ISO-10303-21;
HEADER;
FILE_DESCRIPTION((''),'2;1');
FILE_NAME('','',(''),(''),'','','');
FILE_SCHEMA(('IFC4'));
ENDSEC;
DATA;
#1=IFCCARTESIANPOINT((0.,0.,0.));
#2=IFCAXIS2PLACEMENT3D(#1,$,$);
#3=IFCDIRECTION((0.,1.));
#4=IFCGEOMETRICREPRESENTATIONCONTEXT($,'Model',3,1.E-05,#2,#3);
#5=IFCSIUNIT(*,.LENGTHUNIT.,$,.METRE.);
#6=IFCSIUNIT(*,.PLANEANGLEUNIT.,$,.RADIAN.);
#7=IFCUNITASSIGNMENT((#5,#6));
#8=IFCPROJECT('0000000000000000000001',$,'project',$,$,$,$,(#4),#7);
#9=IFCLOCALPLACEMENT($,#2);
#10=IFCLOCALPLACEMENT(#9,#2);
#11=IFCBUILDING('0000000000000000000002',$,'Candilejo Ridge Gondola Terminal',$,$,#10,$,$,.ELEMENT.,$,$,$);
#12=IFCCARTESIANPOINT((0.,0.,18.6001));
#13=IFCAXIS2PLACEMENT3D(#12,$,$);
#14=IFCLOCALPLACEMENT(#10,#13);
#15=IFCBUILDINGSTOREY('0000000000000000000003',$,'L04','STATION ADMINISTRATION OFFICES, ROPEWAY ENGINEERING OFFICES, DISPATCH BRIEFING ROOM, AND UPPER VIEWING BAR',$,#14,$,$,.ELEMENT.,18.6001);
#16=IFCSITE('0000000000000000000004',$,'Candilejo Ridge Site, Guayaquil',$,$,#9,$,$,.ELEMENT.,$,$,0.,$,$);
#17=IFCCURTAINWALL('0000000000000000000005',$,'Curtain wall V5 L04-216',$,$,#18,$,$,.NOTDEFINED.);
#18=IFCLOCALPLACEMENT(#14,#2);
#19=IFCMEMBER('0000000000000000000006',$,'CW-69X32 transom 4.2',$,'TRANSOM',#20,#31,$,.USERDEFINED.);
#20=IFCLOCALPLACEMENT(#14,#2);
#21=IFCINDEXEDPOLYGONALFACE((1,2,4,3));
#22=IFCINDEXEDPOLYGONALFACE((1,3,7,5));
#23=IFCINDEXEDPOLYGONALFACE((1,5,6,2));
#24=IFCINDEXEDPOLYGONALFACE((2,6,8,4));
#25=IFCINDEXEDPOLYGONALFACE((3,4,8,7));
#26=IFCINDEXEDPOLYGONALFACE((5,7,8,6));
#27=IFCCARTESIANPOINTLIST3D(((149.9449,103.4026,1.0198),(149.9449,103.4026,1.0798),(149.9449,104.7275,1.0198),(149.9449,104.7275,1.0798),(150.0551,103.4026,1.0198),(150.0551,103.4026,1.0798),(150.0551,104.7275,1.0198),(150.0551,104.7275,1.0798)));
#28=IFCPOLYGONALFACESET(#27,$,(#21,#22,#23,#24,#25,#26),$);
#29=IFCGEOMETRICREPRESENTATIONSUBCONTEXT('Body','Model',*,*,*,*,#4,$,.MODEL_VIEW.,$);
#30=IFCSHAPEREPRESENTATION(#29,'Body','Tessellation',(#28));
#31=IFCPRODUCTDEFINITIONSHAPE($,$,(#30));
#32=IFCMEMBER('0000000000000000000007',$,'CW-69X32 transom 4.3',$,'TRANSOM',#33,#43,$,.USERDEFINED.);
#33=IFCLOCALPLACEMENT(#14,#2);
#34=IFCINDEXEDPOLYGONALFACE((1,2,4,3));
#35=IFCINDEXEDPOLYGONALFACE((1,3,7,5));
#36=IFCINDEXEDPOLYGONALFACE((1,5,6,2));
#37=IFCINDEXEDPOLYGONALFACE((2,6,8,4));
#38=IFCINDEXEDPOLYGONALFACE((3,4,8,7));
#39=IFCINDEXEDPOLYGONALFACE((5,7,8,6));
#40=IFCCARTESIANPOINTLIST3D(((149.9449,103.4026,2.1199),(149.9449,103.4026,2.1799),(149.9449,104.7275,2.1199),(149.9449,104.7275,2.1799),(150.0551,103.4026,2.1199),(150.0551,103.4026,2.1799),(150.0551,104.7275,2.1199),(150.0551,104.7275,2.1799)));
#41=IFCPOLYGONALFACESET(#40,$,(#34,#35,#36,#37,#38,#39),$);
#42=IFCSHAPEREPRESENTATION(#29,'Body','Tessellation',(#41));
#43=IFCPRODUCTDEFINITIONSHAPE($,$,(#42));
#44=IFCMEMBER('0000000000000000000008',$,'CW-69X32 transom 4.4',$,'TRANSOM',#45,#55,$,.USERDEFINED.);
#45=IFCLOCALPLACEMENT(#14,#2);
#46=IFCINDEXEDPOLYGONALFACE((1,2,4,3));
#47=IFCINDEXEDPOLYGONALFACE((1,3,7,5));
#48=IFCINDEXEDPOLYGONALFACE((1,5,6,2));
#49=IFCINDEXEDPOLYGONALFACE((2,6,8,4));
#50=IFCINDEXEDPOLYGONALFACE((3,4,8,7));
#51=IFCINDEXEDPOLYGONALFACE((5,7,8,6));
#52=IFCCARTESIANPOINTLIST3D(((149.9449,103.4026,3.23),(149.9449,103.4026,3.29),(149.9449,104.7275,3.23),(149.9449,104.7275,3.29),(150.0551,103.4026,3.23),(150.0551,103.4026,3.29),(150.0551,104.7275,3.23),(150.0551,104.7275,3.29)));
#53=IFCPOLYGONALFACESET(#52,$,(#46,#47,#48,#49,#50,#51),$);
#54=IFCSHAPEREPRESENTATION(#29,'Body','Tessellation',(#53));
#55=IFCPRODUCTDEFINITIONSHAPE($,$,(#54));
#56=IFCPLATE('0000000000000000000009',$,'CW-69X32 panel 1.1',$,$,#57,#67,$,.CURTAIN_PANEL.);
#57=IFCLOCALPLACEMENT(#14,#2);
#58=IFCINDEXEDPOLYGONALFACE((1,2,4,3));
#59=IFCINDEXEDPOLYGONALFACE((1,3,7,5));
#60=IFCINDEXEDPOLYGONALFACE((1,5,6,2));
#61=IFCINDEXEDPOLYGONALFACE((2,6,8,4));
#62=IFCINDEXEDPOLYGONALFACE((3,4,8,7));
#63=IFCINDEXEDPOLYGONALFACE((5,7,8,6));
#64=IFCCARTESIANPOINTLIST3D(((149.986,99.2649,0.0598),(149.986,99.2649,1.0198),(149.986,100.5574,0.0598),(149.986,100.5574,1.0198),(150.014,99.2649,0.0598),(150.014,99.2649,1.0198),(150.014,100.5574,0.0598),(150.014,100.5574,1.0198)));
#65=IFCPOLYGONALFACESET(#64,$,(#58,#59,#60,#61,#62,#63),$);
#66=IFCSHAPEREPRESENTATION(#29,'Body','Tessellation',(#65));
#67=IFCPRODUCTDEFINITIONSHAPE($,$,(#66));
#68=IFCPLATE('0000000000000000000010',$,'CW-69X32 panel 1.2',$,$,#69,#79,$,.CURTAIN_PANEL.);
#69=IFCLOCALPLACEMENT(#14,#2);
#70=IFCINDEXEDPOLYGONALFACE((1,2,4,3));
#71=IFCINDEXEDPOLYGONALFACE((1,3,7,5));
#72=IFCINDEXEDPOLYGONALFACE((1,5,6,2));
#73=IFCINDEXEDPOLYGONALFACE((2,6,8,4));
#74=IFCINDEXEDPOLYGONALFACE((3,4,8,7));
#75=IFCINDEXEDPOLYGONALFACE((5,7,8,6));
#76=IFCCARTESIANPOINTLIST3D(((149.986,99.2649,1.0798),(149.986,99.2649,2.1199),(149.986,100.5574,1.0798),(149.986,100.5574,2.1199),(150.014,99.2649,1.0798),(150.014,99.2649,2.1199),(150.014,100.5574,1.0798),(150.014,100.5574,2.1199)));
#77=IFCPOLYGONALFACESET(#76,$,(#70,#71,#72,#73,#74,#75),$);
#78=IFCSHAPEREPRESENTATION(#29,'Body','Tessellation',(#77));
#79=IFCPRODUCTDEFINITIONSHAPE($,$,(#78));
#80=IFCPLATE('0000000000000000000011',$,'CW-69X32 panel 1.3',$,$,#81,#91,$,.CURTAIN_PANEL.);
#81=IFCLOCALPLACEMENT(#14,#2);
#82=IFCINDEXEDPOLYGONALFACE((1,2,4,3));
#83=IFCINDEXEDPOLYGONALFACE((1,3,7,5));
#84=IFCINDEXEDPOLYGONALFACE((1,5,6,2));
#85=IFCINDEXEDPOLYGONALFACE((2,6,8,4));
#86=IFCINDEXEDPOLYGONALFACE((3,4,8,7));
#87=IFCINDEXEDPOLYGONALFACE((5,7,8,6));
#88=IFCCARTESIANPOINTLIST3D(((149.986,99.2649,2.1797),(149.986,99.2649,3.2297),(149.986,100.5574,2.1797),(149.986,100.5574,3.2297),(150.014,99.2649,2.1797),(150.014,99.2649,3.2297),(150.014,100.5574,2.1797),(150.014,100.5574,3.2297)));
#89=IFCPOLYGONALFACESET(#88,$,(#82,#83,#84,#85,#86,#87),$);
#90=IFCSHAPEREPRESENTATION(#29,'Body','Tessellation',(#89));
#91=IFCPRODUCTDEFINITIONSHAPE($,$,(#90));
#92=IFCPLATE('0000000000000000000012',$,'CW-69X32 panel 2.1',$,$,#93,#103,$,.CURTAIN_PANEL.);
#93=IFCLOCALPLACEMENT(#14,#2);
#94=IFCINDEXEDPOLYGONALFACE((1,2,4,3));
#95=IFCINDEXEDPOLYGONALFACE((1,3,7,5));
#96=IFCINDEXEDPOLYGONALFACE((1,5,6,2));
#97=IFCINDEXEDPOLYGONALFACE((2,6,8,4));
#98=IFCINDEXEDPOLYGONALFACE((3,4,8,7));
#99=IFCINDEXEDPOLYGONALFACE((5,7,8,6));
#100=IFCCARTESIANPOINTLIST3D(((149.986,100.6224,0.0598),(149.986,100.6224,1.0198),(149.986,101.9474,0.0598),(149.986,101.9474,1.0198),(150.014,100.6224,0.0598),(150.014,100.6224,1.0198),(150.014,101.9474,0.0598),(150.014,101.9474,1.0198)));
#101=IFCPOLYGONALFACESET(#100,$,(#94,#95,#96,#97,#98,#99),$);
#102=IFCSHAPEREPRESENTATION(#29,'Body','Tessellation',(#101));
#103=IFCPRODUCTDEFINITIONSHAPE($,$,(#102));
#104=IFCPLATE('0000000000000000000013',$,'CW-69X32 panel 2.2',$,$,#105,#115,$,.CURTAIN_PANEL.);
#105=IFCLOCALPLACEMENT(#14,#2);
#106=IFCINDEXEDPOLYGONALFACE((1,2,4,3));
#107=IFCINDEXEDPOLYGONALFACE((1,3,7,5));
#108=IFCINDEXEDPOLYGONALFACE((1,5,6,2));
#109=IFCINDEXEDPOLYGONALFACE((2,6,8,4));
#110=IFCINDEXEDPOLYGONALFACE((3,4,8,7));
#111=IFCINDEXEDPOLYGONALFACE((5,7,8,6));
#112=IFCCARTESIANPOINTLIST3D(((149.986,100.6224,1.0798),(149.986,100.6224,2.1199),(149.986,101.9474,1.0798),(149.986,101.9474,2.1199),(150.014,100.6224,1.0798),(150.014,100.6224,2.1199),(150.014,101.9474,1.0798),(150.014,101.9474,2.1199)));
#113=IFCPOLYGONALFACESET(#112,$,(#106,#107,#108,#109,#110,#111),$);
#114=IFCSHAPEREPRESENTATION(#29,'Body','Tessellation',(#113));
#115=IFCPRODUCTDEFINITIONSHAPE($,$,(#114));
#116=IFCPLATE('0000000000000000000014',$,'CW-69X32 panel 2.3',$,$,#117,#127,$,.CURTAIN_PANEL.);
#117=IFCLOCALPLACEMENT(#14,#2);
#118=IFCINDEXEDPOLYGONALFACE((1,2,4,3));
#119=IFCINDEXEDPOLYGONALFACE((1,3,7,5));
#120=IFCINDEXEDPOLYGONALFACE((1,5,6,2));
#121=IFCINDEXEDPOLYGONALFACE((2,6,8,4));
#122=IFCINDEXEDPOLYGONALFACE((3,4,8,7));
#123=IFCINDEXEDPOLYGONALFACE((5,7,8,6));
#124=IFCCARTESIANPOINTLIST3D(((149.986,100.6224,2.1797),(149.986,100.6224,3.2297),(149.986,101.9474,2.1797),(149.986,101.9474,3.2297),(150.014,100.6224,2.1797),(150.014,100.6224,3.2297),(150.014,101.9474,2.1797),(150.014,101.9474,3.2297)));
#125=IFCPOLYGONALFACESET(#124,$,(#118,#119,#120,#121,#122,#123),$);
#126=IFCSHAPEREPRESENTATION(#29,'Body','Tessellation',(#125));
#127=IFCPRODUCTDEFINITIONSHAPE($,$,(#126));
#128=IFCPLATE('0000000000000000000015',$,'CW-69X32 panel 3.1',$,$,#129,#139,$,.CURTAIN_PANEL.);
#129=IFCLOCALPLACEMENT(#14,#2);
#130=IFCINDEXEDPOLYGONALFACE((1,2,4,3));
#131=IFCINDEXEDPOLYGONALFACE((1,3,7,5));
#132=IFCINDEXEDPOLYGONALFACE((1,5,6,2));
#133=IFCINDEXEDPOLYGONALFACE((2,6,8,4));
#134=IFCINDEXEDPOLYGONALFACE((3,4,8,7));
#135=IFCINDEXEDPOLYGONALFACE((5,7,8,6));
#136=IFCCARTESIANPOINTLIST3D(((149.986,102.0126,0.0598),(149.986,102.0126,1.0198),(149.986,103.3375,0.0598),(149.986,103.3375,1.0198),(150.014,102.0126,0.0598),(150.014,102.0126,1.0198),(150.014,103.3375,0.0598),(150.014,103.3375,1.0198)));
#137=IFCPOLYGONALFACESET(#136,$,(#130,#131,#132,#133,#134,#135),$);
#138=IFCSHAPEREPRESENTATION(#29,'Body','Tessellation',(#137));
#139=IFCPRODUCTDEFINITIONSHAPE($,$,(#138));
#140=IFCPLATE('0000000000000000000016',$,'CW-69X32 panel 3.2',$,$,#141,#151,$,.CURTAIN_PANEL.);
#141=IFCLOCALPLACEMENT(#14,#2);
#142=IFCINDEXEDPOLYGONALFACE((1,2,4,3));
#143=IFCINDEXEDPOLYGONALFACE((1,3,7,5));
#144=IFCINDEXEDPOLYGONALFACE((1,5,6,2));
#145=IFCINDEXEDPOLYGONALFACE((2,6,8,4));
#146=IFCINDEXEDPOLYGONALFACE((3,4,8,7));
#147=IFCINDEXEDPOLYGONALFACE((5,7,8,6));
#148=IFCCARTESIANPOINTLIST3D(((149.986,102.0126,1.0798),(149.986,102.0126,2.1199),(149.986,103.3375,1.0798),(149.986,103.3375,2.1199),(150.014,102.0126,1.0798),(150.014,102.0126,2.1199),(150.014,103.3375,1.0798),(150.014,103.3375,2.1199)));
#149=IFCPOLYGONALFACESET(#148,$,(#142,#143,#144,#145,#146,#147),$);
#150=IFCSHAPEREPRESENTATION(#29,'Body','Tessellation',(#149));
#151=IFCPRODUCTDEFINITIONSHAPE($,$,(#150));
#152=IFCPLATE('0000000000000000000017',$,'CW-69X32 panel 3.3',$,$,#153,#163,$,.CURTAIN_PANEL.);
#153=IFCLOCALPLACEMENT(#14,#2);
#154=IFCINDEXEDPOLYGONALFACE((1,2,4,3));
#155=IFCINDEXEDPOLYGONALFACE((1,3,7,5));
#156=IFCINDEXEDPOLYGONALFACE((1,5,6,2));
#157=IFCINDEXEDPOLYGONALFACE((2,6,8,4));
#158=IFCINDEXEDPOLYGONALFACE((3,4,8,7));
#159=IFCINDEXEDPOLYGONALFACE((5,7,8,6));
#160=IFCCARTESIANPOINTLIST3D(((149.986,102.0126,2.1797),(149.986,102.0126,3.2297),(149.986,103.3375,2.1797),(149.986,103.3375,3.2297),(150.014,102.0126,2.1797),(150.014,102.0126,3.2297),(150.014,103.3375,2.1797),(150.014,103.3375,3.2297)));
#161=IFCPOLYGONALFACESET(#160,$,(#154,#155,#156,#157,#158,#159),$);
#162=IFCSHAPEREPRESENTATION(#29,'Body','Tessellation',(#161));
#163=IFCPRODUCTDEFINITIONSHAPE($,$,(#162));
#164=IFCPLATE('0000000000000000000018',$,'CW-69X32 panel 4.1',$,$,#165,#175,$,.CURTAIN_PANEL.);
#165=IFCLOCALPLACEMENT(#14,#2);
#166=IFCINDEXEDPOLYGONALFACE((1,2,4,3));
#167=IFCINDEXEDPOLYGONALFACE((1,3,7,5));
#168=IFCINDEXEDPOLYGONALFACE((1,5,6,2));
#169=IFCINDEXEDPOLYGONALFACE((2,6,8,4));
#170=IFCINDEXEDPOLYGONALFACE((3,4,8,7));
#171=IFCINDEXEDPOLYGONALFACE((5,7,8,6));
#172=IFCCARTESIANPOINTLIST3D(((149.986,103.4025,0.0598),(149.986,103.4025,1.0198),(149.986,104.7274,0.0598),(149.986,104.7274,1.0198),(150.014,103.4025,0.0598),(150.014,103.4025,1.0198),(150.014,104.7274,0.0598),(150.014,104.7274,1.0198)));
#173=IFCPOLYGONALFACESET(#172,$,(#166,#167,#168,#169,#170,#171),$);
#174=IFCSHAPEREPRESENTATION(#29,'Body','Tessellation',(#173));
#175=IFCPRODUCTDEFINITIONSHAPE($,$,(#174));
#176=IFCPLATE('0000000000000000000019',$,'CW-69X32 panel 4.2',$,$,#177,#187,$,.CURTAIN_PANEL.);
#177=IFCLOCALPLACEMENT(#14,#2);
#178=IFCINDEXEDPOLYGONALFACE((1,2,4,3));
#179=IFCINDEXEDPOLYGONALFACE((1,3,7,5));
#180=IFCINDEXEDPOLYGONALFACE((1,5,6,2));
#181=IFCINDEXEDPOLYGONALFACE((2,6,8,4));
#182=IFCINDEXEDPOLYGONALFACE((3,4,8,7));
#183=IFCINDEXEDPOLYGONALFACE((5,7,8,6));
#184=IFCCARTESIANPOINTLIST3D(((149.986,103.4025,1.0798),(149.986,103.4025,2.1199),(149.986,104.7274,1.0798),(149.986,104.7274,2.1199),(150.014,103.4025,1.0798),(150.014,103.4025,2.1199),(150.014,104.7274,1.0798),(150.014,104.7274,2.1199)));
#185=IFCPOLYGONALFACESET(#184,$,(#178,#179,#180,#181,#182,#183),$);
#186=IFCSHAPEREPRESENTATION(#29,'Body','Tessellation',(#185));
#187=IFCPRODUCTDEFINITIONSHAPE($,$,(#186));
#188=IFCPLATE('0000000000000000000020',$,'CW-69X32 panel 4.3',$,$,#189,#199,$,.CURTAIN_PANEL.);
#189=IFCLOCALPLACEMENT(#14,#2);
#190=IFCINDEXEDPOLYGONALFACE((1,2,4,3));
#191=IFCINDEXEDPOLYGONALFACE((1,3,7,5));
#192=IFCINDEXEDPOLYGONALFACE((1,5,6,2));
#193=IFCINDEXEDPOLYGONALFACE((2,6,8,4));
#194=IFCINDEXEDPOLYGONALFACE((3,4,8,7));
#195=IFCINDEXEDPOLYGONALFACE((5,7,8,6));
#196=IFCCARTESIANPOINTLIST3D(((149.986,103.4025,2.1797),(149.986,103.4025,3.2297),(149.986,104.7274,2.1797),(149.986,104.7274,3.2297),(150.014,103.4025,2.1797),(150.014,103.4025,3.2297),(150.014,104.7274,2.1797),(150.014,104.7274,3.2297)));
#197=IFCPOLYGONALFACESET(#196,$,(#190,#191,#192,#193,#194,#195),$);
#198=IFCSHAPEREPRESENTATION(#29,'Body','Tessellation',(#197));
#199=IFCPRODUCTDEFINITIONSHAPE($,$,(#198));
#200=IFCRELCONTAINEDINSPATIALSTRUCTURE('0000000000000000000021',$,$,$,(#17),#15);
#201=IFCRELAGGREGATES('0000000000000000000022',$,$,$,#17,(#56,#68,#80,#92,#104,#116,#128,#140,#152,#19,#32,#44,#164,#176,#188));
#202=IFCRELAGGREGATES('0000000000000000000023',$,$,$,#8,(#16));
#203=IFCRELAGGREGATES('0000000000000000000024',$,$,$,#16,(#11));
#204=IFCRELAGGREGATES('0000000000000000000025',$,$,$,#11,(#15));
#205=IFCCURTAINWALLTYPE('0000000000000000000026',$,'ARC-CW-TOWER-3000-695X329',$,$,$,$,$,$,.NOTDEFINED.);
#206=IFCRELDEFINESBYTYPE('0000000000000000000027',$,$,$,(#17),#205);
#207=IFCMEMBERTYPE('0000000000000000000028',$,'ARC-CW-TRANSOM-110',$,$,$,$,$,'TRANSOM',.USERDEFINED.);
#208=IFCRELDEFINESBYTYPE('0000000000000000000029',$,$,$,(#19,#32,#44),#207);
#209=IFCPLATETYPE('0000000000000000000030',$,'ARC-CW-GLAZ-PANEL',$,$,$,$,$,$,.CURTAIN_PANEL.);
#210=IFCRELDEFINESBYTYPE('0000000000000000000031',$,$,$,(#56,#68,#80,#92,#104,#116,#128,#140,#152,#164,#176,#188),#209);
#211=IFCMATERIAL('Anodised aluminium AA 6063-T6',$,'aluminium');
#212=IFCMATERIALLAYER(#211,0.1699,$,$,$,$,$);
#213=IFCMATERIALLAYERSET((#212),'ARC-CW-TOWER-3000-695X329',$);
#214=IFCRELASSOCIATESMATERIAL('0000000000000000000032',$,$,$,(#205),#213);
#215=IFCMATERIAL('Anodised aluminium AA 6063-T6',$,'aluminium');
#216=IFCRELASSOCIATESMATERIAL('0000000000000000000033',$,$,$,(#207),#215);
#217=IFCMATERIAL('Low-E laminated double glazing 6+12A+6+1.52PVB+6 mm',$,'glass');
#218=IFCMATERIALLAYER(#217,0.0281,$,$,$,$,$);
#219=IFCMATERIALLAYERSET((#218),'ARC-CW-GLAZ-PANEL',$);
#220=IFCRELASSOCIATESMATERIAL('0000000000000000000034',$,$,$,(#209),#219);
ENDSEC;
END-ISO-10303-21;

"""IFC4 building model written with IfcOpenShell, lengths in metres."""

from ifc_helpers import new_model, si_unit, direction, frame, origin, origin_2d, place, context, subcontext, project, spatial, rectangle, extrude, material, layer, layer_set, material_profile, profile_set, type_object, element, aggregate, save


model = new_model("IFC4")

# Units and contexts
model_context = context("Model", 3, precision=1e-05, world=origin(), true_north=direction((0.0, 1.0)))
body_context = subcontext(model_context, "Body", "Model", "MODEL_VIEW")
ifc_project = project(units=[si_unit("LENGTHUNIT", "METRE"), si_unit("PLANEANGLEUNIT", "RADIAN")], contexts=[model_context])

# Site, building, storey
site_placement = place(None, origin())
site = spatial("IfcSite", under=ifc_project, at=site_placement, Name="Candilejo Ridge Site, Guayaquil", CompositionType="ELEMENT", RefElevation=0.0)
building_placement = place(site_placement, origin())
building = spatial("IfcBuilding", under=site, at=building_placement, Name="Candilejo Ridge Gondola Terminal", CompositionType="ELEMENT")
storey_placement = place(building_placement, frame((0.0, 0.0, 18.6001)))
storey = spatial("IfcBuildingStorey", under=building, at=storey_placement, Name="L04", Description="STATION ADMINISTRATION OFFICES, ROPEWAY ENGINEERING OFFICES, DISPATCH BRIEFING ROOM, AND UPPER VIEWING BAR", CompositionType="ELEMENT", Elevation=18.6001)

# Curtain wall, members, plates
ifc_material_1 = material(Name="Anodised aluminium AA 6063-T6", Category="aluminium")
ifc_layer_1 = layer(ifc_material_1, 0.1699)
ifc_layer_set_1 = layer_set([ifc_layer_1], Name="ARC-CW-TOWER-3000-695X329")
curtain_wall_type = type_object("IfcCurtainWallType", Name="ARC-CW-TOWER-3000-695X329", PredefinedType="NOTDEFINED", material=ifc_layer_set_1)
curtain_wall_placement = place(storey_placement, origin())
curtain_wall = element("IfcCurtainWall", 1, at=curtain_wall_placement, inside=storey, type_object=curtain_wall_type, Name="Curtain wall V5 L04-216", PredefinedType="NOTDEFINED")
ifc_material_2 = material(Name="Anodised aluminium AA 6063-T6", Category="aluminium")
ifc_material_profile_1 = material_profile(ifc_material_2, rectangle(XDim=0.1101, YDim=0.0601, at=origin_2d()))
ifc_profile_set_1 = profile_set([ifc_material_profile_1], Name="Anodised aluminium AA 6063-T6")
member_type_1 = type_object("IfcMemberType", Name="ARC-CW-TRANSOM-110", ElementType="TRANSOM", PredefinedType="USERDEFINED", material=ifc_profile_set_1)
member_1_placement = place(storey_placement, frame((150.0, 103.4026, 1.0498), z_axis=(0.0, 1.0, 0.0), x_axis=(-1.0, 0.0, 0.0)))
member_1 = element("IfcMember", 2, at=member_1_placement, type_object=member_type_1, Name="CW-69X32 transom 4.2", ObjectType="TRANSOM", PredefinedType="USERDEFINED", context=body_context, shape_type="SweptSolid", body=[
    extrude(rectangle(XDim=0.1101, YDim=0.0601, at=origin_2d()), origin(), (0.0, 0.0, 1.0), 1.325),
])
member_2_placement = place(storey_placement, frame((150.0, 103.4026, 2.1499), z_axis=(0.0, 1.0, 0.0), x_axis=(-1.0, 0.0, 0.0)))
member_2 = element("IfcMember", 3, at=member_2_placement, type_object=member_type_1, Name="CW-69X32 transom 4.3", ObjectType="TRANSOM", PredefinedType="USERDEFINED", context=body_context, shape_type="SweptSolid", body=[
    extrude(rectangle(XDim=0.1101, YDim=0.0601, at=origin_2d()), origin(), (0.0, 0.0, 1.0), 1.325),
])
member_3_placement = place(storey_placement, frame((150.0, 103.4026, 3.26), z_axis=(0.0, 1.0, 0.0), x_axis=(-1.0, 0.0, 0.0)))
member_3 = element("IfcMember", 4, at=member_3_placement, type_object=member_type_1, Name="CW-69X32 transom 4.4", ObjectType="TRANSOM", PredefinedType="USERDEFINED", context=body_context, shape_type="SweptSolid", body=[
    extrude(rectangle(XDim=0.1101, YDim=0.0601, at=origin_2d()), origin(), (0.0, 0.0, 1.0), 1.325),
])
ifc_material_3 = material(Name="Low-E laminated double glazing 6+12A+6+1.52PVB+6 mm", Category="glass")
ifc_layer_2 = layer(ifc_material_3, 0.0281)
ifc_layer_set_2 = layer_set([ifc_layer_2], Name="ARC-CW-GLAZ-PANEL")
plate_type = type_object("IfcPlateType", Name="ARC-CW-GLAZ-PANEL", PredefinedType="CURTAIN_PANEL", material=ifc_layer_set_2)
plate_1_placement = place(storey_placement, frame((150.0, 99.9111, 0.0598), z_axis=(0.0, 0.0, 1.0), x_axis=(0.0, 1.0, 0.0)))
plate_1 = element("IfcPlate", 5, at=plate_1_placement, type_object=plate_type, Name="CW-69X32 panel 1.1", PredefinedType="CURTAIN_PANEL", context=body_context, shape_type="SweptSolid", body=[
    extrude(rectangle(XDim=1.2925, YDim=0.0281, at=origin_2d()), origin(), (0.0, 0.0, 1.0), 0.96),
])
plate_2_placement = place(storey_placement, frame((150.0, 99.9111, 1.0798), z_axis=(0.0, 0.0, 1.0), x_axis=(0.0, 1.0, 0.0)))
plate_2 = element("IfcPlate", 6, at=plate_2_placement, type_object=plate_type, Name="CW-69X32 panel 1.2", PredefinedType="CURTAIN_PANEL", context=body_context, shape_type="SweptSolid", body=[
    extrude(rectangle(XDim=1.2925, YDim=0.0281, at=origin_2d()), origin(), (0.0, 0.0, 1.0), 1.04),
])
plate_3_placement = place(storey_placement, frame((150.0, 99.9111, 2.1797), z_axis=(0.0, 0.0, 1.0), x_axis=(0.0, 1.0, 0.0)))
plate_3 = element("IfcPlate", 7, at=plate_3_placement, type_object=plate_type, Name="CW-69X32 panel 1.3", PredefinedType="CURTAIN_PANEL", context=body_context, shape_type="SweptSolid", body=[
    extrude(rectangle(XDim=1.2925, YDim=0.0281, at=origin_2d()), origin(), (0.0, 0.0, 1.0), 1.05),
])
plate_4_placement = place(storey_placement, frame((150.0, 101.2849, 0.0598), z_axis=(0.0, 0.0, 1.0), x_axis=(0.0, 1.0, 0.0)))
plate_4 = element("IfcPlate", 8, at=plate_4_placement, type_object=plate_type, Name="CW-69X32 panel 2.1", PredefinedType="CURTAIN_PANEL", context=body_context, shape_type="SweptSolid", body=[
    extrude(rectangle(XDim=1.325, YDim=0.0281, at=origin_2d()), origin(), (0.0, 0.0, 1.0), 0.96),
])
plate_5_placement = place(storey_placement, frame((150.0, 101.2849, 1.0798), z_axis=(0.0, 0.0, 1.0), x_axis=(0.0, 1.0, 0.0)))
plate_5 = element("IfcPlate", 9, at=plate_5_placement, type_object=plate_type, Name="CW-69X32 panel 2.2", PredefinedType="CURTAIN_PANEL", context=body_context, shape_type="SweptSolid", body=[
    extrude(rectangle(XDim=1.325, YDim=0.0281, at=origin_2d()), origin(), (0.0, 0.0, 1.0), 1.04),
])
plate_6_placement = place(storey_placement, frame((150.0, 101.2849, 2.1797), z_axis=(0.0, 0.0, 1.0), x_axis=(0.0, 1.0, 0.0)))
plate_6 = element("IfcPlate", 10, at=plate_6_placement, type_object=plate_type, Name="CW-69X32 panel 2.3", PredefinedType="CURTAIN_PANEL", context=body_context, shape_type="SweptSolid", body=[
    extrude(rectangle(XDim=1.325, YDim=0.0281, at=origin_2d()), origin(), (0.0, 0.0, 1.0), 1.05),
])
plate_7_placement = place(storey_placement, frame((150.0, 102.675, 0.0598), z_axis=(0.0, 0.0, 1.0), x_axis=(0.0, 1.0, 0.0)))
plate_7 = element("IfcPlate", 11, at=plate_7_placement, type_object=plate_type, Name="CW-69X32 panel 3.1", PredefinedType="CURTAIN_PANEL", context=body_context, shape_type="SweptSolid", body=[
    extrude(rectangle(XDim=1.325, YDim=0.0281, at=origin_2d()), origin(), (0.0, 0.0, 1.0), 0.96),
])
plate_8_placement = place(storey_placement, frame((150.0, 102.675, 1.0798), z_axis=(0.0, 0.0, 1.0), x_axis=(0.0, 1.0, 0.0)))
plate_8 = element("IfcPlate", 12, at=plate_8_placement, type_object=plate_type, Name="CW-69X32 panel 3.2", PredefinedType="CURTAIN_PANEL", context=body_context, shape_type="SweptSolid", body=[
    extrude(rectangle(XDim=1.325, YDim=0.0281, at=origin_2d()), origin(), (0.0, 0.0, 1.0), 1.04),
])
plate_9_placement = place(storey_placement, frame((150.0, 102.675, 2.1797), z_axis=(0.0, 0.0, 1.0), x_axis=(0.0, 1.0, 0.0)))
plate_9 = element("IfcPlate", 13, at=plate_9_placement, type_object=plate_type, Name="CW-69X32 panel 3.3", PredefinedType="CURTAIN_PANEL", context=body_context, shape_type="SweptSolid", body=[
    extrude(rectangle(XDim=1.325, YDim=0.0281, at=origin_2d()), origin(), (0.0, 0.0, 1.0), 1.05),
])
plate_10_placement = place(storey_placement, frame((150.0, 104.0649, 0.0598), z_axis=(0.0, 0.0, 1.0), x_axis=(0.0, 1.0, 0.0)))
plate_10 = element("IfcPlate", 14, at=plate_10_placement, type_object=plate_type, Name="CW-69X32 panel 4.1", PredefinedType="CURTAIN_PANEL", context=body_context, shape_type="SweptSolid", body=[
    extrude(rectangle(XDim=1.325, YDim=0.0281, at=origin_2d()), origin(), (0.0, 0.0, 1.0), 0.96),
])
plate_11_placement = place(storey_placement, frame((150.0, 104.0649, 1.0798), z_axis=(0.0, 0.0, 1.0), x_axis=(0.0, 1.0, 0.0)))
plate_11 = element("IfcPlate", 15, at=plate_11_placement, type_object=plate_type, Name="CW-69X32 panel 4.2", PredefinedType="CURTAIN_PANEL", context=body_context, shape_type="SweptSolid", body=[
    extrude(rectangle(XDim=1.325, YDim=0.0281, at=origin_2d()), origin(), (0.0, 0.0, 1.0), 1.04),
])
plate_12_placement = place(storey_placement, frame((150.0, 104.0649, 2.1797), z_axis=(0.0, 0.0, 1.0), x_axis=(0.0, 1.0, 0.0)))
plate_12 = element("IfcPlate", 16, at=plate_12_placement, type_object=plate_type, Name="CW-69X32 panel 4.3", PredefinedType="CURTAIN_PANEL", context=body_context, shape_type="SweptSolid", body=[
    extrude(rectangle(XDim=1.325, YDim=0.0281, at=origin_2d()), origin(), (0.0, 0.0, 1.0), 1.05),
])
aggregate(curtain_wall, [plate_1, plate_2, plate_3, plate_4, plate_5, plate_6, plate_7, plate_8, plate_9, member_1, member_2, member_3, plate_10, plate_11, plate_12])

save(model, "model.ifc")
